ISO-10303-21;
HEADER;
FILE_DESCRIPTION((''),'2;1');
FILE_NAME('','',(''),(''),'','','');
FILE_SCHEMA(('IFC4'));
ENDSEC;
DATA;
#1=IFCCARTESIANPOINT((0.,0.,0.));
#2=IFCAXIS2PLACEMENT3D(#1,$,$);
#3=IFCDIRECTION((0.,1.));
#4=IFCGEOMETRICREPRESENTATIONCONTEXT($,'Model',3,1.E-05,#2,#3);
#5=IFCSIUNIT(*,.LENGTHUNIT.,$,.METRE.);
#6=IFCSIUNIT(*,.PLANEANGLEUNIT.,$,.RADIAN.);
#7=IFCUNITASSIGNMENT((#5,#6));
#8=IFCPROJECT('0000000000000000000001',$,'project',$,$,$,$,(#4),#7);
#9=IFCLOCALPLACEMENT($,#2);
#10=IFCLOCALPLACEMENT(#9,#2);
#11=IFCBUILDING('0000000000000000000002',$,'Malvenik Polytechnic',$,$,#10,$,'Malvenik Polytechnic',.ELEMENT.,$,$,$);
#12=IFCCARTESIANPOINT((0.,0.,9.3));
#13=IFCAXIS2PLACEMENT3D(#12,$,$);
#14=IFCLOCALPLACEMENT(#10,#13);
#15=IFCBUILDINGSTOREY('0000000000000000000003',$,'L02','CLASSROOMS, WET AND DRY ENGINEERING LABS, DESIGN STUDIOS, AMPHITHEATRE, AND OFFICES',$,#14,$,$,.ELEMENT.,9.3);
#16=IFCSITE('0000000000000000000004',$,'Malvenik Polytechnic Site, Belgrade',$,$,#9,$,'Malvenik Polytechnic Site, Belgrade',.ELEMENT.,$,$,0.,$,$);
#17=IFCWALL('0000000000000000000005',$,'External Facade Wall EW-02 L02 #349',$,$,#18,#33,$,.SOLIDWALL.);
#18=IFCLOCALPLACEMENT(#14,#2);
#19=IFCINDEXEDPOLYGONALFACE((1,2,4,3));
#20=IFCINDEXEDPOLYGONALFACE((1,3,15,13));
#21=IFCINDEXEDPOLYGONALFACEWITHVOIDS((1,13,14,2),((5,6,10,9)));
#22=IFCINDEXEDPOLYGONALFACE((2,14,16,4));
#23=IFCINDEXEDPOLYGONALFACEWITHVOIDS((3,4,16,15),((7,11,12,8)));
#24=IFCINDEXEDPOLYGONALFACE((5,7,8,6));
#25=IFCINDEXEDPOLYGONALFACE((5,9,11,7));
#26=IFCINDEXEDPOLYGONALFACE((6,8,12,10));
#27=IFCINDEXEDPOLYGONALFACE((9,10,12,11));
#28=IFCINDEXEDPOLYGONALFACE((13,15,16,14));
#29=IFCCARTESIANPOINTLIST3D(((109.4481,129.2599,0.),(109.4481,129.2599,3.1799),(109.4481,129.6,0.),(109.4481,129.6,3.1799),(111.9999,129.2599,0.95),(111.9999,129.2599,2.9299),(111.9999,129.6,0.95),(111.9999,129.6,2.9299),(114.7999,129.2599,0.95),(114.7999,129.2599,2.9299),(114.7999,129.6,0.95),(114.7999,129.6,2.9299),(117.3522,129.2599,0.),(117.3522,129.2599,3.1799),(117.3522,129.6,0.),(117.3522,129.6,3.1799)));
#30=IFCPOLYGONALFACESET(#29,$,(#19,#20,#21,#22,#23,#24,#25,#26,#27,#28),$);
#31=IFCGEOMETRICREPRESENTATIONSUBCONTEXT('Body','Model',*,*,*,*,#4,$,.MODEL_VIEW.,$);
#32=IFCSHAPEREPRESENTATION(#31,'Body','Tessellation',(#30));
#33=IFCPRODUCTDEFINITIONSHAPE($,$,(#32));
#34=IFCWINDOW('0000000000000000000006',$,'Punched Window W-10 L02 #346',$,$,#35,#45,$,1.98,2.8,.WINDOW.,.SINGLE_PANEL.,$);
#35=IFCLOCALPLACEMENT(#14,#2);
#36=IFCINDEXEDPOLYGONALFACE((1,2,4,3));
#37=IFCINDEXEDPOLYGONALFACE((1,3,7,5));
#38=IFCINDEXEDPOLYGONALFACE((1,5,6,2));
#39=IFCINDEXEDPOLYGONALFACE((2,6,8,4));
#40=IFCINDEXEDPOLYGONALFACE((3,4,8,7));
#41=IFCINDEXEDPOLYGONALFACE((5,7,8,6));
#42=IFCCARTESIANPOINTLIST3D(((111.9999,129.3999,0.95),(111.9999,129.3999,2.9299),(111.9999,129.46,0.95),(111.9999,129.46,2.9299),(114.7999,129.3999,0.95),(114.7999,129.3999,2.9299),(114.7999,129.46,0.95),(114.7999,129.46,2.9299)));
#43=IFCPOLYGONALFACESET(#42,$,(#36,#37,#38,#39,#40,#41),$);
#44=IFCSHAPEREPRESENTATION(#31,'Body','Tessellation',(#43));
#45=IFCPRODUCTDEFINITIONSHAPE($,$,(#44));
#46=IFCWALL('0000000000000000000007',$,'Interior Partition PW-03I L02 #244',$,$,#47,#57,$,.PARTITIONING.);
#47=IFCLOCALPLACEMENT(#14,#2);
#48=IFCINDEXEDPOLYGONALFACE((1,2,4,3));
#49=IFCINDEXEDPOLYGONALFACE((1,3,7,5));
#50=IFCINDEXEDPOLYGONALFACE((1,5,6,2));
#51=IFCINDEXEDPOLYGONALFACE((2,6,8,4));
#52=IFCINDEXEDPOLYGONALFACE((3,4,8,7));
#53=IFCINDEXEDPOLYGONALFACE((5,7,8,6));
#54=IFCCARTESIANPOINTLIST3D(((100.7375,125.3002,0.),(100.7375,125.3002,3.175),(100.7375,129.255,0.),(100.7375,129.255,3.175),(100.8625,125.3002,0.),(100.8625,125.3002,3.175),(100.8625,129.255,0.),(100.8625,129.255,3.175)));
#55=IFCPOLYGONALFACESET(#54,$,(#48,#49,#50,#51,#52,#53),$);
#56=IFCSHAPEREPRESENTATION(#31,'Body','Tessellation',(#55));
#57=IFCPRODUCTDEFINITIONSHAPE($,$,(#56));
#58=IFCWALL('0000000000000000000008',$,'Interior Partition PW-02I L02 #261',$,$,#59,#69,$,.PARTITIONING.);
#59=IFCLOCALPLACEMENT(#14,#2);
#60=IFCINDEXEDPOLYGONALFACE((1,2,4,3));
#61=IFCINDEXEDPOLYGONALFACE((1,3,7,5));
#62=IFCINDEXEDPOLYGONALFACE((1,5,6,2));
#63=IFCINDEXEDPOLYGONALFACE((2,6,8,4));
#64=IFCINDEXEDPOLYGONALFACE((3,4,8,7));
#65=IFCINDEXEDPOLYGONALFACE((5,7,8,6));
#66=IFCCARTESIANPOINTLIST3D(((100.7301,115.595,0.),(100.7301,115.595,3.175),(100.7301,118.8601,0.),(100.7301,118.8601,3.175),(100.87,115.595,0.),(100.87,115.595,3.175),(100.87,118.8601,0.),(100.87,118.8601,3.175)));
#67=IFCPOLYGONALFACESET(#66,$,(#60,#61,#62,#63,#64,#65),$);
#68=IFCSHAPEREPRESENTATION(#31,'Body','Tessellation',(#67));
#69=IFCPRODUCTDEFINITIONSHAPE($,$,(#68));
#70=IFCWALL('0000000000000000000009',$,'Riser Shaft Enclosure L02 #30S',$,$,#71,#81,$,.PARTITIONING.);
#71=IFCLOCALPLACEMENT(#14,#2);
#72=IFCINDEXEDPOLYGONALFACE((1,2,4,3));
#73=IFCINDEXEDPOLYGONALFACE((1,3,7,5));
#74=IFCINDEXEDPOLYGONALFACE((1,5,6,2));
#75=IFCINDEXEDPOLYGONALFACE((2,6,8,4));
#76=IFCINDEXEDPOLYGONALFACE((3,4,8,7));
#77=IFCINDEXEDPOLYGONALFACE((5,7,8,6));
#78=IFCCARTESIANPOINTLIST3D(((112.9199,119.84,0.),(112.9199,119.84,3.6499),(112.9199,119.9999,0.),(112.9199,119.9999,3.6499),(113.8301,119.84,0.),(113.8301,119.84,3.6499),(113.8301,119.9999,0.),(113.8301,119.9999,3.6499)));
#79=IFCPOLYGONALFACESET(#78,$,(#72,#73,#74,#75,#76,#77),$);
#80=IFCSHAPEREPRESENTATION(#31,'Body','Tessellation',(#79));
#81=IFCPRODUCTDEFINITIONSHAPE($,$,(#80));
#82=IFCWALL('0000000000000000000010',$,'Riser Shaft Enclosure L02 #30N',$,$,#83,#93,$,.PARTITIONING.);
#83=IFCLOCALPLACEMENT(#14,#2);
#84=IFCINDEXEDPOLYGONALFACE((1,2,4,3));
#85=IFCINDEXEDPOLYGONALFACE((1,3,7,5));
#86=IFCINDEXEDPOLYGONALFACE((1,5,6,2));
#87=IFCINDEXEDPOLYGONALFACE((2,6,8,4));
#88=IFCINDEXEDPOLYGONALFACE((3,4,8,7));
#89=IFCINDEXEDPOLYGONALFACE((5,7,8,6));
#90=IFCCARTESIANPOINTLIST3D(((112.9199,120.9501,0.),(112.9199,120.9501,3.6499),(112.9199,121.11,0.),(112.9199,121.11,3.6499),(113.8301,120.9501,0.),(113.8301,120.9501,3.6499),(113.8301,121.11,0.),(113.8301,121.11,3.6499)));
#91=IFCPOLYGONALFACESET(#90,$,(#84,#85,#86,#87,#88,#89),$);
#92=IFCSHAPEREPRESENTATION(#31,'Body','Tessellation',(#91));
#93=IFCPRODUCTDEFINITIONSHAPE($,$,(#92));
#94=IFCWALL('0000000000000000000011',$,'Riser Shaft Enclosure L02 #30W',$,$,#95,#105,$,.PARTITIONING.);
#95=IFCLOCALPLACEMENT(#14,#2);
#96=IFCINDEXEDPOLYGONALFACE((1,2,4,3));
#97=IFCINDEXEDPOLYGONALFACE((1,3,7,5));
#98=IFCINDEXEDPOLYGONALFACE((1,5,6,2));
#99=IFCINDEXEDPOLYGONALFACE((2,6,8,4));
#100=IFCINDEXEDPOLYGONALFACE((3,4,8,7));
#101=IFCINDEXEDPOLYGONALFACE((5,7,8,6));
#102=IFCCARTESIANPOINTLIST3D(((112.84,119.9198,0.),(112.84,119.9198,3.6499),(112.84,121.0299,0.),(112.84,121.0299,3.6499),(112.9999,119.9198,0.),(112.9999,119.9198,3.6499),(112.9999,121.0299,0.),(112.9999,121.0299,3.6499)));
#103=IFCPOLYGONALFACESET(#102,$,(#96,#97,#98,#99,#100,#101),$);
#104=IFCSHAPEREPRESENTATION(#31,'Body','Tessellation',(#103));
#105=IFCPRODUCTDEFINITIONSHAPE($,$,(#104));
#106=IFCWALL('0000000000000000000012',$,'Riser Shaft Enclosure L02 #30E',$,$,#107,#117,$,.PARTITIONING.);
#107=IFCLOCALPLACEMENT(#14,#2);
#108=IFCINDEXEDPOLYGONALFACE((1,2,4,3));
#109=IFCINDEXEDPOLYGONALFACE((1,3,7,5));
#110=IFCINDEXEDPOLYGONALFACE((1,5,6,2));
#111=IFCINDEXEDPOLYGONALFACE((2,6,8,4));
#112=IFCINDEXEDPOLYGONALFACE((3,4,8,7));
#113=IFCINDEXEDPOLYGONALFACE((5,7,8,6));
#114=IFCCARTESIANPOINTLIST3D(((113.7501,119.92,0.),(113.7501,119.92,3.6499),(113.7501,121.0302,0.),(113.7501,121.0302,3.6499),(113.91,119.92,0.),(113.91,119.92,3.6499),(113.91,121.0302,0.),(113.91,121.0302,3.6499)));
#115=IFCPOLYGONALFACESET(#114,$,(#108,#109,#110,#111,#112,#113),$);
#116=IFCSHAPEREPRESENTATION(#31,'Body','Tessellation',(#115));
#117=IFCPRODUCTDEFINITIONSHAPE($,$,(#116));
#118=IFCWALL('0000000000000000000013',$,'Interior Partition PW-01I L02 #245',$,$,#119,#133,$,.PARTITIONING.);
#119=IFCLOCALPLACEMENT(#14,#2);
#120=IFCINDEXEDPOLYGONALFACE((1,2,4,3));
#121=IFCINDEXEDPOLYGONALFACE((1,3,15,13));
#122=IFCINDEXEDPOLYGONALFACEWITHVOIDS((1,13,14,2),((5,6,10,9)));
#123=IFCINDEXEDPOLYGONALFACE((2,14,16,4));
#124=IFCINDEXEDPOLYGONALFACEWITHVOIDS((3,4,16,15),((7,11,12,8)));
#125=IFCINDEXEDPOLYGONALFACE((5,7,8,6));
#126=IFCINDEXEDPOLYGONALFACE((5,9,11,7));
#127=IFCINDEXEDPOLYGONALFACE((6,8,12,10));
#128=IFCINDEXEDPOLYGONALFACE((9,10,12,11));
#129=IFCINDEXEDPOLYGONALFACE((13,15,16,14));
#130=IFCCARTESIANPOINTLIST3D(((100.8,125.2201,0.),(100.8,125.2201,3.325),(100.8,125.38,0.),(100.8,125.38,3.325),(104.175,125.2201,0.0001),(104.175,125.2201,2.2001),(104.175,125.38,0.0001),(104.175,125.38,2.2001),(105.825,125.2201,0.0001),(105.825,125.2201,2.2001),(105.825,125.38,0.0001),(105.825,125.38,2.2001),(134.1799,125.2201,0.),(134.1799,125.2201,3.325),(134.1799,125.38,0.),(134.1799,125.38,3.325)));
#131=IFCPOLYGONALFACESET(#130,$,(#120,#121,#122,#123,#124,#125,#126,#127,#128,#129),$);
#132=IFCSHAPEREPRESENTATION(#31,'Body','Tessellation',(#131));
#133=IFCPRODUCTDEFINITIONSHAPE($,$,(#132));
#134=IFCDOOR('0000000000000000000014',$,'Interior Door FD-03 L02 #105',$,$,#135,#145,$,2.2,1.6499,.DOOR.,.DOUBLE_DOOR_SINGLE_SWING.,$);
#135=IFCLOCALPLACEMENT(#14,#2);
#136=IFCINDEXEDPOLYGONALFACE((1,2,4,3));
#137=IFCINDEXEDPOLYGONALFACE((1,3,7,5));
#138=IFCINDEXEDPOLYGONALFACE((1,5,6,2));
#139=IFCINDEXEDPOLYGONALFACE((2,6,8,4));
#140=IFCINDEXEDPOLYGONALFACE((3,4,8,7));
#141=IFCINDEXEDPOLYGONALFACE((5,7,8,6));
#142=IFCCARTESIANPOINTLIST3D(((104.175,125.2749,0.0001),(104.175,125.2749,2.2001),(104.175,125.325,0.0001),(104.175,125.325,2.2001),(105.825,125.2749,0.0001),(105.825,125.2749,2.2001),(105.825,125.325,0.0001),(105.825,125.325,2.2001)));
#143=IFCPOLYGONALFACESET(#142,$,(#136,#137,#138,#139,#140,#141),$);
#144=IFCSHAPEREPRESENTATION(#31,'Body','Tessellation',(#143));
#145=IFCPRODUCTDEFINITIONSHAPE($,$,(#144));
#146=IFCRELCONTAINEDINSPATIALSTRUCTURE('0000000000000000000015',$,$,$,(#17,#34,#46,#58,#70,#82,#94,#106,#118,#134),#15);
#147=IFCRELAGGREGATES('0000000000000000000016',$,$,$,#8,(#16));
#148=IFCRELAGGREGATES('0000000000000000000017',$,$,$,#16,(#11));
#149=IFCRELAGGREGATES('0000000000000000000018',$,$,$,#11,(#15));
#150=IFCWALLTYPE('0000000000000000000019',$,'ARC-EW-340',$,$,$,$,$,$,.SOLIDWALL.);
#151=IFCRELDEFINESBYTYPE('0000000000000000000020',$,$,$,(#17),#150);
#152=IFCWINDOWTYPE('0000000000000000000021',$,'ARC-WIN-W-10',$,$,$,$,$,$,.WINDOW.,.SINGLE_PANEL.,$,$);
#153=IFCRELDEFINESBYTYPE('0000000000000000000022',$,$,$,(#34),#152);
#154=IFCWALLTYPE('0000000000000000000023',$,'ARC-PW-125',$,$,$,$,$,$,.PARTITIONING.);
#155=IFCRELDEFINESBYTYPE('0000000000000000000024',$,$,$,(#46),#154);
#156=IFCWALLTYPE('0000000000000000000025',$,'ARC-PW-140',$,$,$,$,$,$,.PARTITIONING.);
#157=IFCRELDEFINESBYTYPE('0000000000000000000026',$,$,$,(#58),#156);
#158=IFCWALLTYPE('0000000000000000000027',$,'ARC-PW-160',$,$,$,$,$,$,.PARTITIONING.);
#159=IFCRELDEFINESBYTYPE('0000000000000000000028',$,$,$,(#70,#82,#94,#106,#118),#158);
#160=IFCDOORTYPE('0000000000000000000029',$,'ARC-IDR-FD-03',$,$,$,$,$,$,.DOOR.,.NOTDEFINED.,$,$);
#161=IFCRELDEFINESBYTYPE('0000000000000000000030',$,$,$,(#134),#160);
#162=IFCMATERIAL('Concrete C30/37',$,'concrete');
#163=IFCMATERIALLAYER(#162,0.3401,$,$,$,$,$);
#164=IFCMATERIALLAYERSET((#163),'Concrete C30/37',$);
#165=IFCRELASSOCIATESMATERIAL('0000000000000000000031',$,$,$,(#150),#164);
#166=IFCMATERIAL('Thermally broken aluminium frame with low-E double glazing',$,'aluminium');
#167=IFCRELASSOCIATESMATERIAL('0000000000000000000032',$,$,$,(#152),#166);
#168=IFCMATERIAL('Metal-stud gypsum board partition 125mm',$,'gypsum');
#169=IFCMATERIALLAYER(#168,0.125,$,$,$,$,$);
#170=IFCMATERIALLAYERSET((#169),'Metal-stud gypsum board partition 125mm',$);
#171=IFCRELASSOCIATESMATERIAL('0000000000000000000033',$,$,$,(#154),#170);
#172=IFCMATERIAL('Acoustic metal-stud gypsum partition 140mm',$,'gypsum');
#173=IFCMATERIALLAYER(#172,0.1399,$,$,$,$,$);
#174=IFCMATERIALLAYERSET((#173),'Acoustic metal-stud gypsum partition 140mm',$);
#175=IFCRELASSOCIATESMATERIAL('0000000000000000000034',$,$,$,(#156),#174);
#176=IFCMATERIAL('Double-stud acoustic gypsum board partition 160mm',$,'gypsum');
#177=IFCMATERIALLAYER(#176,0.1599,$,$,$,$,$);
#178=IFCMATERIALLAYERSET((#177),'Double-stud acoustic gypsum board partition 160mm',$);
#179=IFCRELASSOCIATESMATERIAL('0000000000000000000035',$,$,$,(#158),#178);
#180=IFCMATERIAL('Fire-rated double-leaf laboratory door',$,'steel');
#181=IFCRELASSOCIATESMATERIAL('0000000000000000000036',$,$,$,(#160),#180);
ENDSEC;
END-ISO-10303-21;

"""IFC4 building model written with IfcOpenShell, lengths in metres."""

from ifc_helpers import new_model, si_unit, direction, frame, frame_2d, origin, place, context, subcontext, project, spatial, rectangle, extrude, material, layer, layer_set, type_object, element, fill, save


model = new_model("IFC4")

# Units and contexts
model_context = context("Model", 3, precision=1e-05, world=origin(), true_north=direction((0.0, 1.0)))
body_context = subcontext(model_context, "Body", "Model", "MODEL_VIEW")
ifc_project = project(units=[si_unit("LENGTHUNIT", "METRE"), si_unit("PLANEANGLEUNIT", "RADIAN")], contexts=[model_context])

# Site, building, storey
site_placement = place(None, origin())
site = spatial("IfcSite", under=ifc_project, at=site_placement, Name="Malvenik Polytechnic Site, Belgrade", LongName="Malvenik Polytechnic Site, Belgrade", CompositionType="ELEMENT", RefElevation=0.0)
building_placement = place(site_placement, origin())
building = spatial("IfcBuilding", under=site, at=building_placement, Name="Malvenik Polytechnic", LongName="Malvenik Polytechnic", CompositionType="ELEMENT")
storey_placement = place(building_placement, frame((0.0, 0.0, 9.3)))
storey = spatial("IfcBuildingStorey", under=building, at=storey_placement, Name="L02", Description="CLASSROOMS, WET AND DRY ENGINEERING LABS, DESIGN STUDIOS, AMPHITHEATRE, AND OFFICES", CompositionType="ELEMENT", Elevation=9.3)

# Shared definitions
ifc_material_1 = material(Name="Concrete C30/37", Category="concrete")

# Wall, opening, window
ifc_layer_1 = layer(ifc_material_1, 0.3401)
ifc_layer_set_1 = layer_set([ifc_layer_1], Name="Concrete C30/37")
wall_type_1 = type_object("IfcWallType", Name="ARC-EW-340", PredefinedType="SOLIDWALL", material=ifc_layer_set_1)
ifc_material_2 = material(Name="Thermally broken aluminium frame with low-E double glazing", Category="aluminium")
wall_1_placement = place(storey_placement, frame((109.448, 129.4299, 0.0), z_axis=(0.0, 0.0, 1.0), x_axis=(1.0, 0.0, 0.0)))
wall_1 = element("IfcWall", 1, at=wall_1_placement, inside=storey, type_object=wall_type_1, Name="External Facade Wall EW-02 L02 #349", PredefinedType="SOLIDWALL", context=body_context, shape_type="SweptSolid", body=[
    extrude(rectangle(XDim=7.9041, YDim=0.3401, at=frame_2d((3.9521, 0.0))), origin(), (0.0, 0.0, 1.0), 3.1799),
])
opening_1_placement = place(wall_1_placement, frame((2.552, 0.0, 0.95)))
opening_1 = element("IfcOpeningElement", 2, at=opening_1_placement, cuts=wall_1, PredefinedType="OPENING", context=body_context, shape_type="SweptSolid", body=[
    extrude(rectangle(XDim=2.8, YDim=1.98, at=frame_2d((1.3999, 0.99))), frame((0.0, 0.1802, 0.0), z_axis=(0.0, -1.0, 0.0), x_axis=(1.0, 0.0, 0.0)), (0.0, 0.0, 1.0), 0.3601),
])
window_type_1 = type_object("IfcWindowType", Name="ARC-WIN-W-10", PartitioningType="SINGLE_PANEL", PredefinedType="WINDOW", material=ifc_material_2)
window_1_placement = place(opening_1_placement, origin())
window_1 = element("IfcWindow", 3, at=window_1_placement, inside=storey, type_object=window_type_1, Name="Punched Window W-10 L02 #346", OverallHeight=1.98, OverallWidth=2.8, PartitioningType="SINGLE_PANEL", PredefinedType="WINDOW", context=body_context, shape_type="SweptSolid", body=[
    extrude(rectangle(XDim=2.8, YDim=1.98, at=frame_2d((1.3999, 0.99))), frame((0.0, 0.03, 0.0), z_axis=(0.0, -1.0, 0.0), x_axis=(1.0, 0.0, 0.0)), (0.0, 0.0, 1.0), 0.0601),
])
fill(opening_1, window_1)

# Walls
ifc_material_3 = material(Name="Metal-stud gypsum board partition 125mm", Category="gypsum")
ifc_layer_2 = layer(ifc_material_3, 0.125)
ifc_layer_set_2 = layer_set([ifc_layer_2], Name="Metal-stud gypsum board partition 125mm")
wall_type_2 = type_object("IfcWallType", Name="ARC-PW-125", PredefinedType="PARTITIONING", material=ifc_layer_set_2)
wall_2_placement = place(storey_placement, frame((100.8, 125.3, 0.0), z_axis=(0.0, 0.0, 1.0), x_axis=(0.0, 1.0, 0.0)))
element("IfcWall", 4, at=wall_2_placement, inside=storey, type_object=wall_type_2, Name="Interior Partition PW-03I L02 #244", PredefinedType="PARTITIONING", context=body_context, shape_type="SweptSolid", body=[
    extrude(rectangle(XDim=3.9548, YDim=0.125, at=frame_2d((1.9775, 0.0))), origin(), (0.0, 0.0, 1.0), 3.175),
])
ifc_material_4 = material(Name="Acoustic metal-stud gypsum partition 140mm", Category="gypsum")
ifc_layer_3 = layer(ifc_material_4, 0.1399)
ifc_layer_set_3 = layer_set([ifc_layer_3], Name="Acoustic metal-stud gypsum partition 140mm")
wall_type_3 = type_object("IfcWallType", Name="ARC-PW-140", PredefinedType="PARTITIONING", material=ifc_layer_set_3)
wall_3_placement = place(storey_placement, frame((100.8, 115.595, 0.0), z_axis=(0.0, 0.0, 1.0), x_axis=(0.0, 1.0, 0.0)))
element("IfcWall", 5, at=wall_3_placement, inside=storey, type_object=wall_type_3, Name="Interior Partition PW-02I L02 #261", PredefinedType="PARTITIONING", context=body_context, shape_type="SweptSolid", body=[
    extrude(rectangle(XDim=3.2651, YDim=0.1399, at=frame_2d((1.6326, 0.0))), origin(), (0.0, 0.0, 1.0), 3.175),
])
ifc_material_5 = material(Name="Double-stud acoustic gypsum board partition 160mm", Category="gypsum")
ifc_layer_4 = layer(ifc_material_5, 0.1599)
ifc_layer_set_4 = layer_set([ifc_layer_4], Name="Double-stud acoustic gypsum board partition 160mm")
wall_type_4 = type_object("IfcWallType", Name="ARC-PW-160", PredefinedType="PARTITIONING", material=ifc_layer_set_4)
for number, where, z_axis, x_axis, name in (
    (6, (112.9199, 119.9199, 0.0), (0.0, 0.0, 1.0), (1.0, 0.0, 0.0), "Riser Shaft Enclosure L02 #30S"),
    (7, (113.8301, 121.03, 0.0), (0.0, 0.0, 1.0), (-1.0, 0.0, 0.0), "Riser Shaft Enclosure L02 #30N"),
):
    element("IfcWall", number, at=place(storey_placement, frame(where, z_axis=z_axis, x_axis=x_axis)), inside=storey, type_object=wall_type_4, Name=name, PredefinedType="PARTITIONING", context=body_context, shape_type="SweptSolid", body=[
        extrude(rectangle(XDim=0.9102, YDim=0.1599, at=frame_2d((0.4551, 0.0))), origin(), (0.0, 0.0, 1.0), 3.6499),
    ])
for number, where, z_axis, x_axis, name in (
    (8, (112.9199, 121.03, 0.0), (0.0, 0.0, 1.0), (0.0, -1.0, 0.0), "Riser Shaft Enclosure L02 #30W"),
    (9, (113.8301, 119.9199, 0.0), (0.0, 0.0, 1.0), (0.0, 1.0, 0.0), "Riser Shaft Enclosure L02 #30E"),
):
    element("IfcWall", number, at=place(storey_placement, frame(where, z_axis=z_axis, x_axis=x_axis)), inside=storey, type_object=wall_type_4, Name=name, PredefinedType="PARTITIONING", context=body_context, shape_type="SweptSolid", body=[
        extrude(rectangle(XDim=1.1101, YDim=0.1599, at=frame_2d((0.5552, 0.0))), origin(), (0.0, 0.0, 1.0), 3.6499),
    ])

# Wall, opening, door
wall_4_placement = place(storey_placement, frame((100.8, 125.3, 0.0), z_axis=(0.0, 0.0, 1.0), x_axis=(1.0, 0.0, 0.0)))
wall_4 = element("IfcWall", 10, at=wall_4_placement, inside=storey, type_object=wall_type_4, Name="Interior Partition PW-01I L02 #245", PredefinedType="PARTITIONING", context=body_context, shape_type="SweptSolid", body=[
    extrude(rectangle(XDim=33.3799, YDim=0.1599, at=frame_2d((16.6899, 0.0))), origin(), (0.0, 0.0, 1.0), 3.325),
])
opening_2_placement = place(wall_4_placement, frame((3.375, 0.0, 0.0)))
opening_2 = element("IfcOpeningElement", 11, at=opening_2_placement, cuts=wall_4, PredefinedType="OPENING", context=body_context, shape_type="SweptSolid", body=[
    extrude(rectangle(XDim=1.6499, YDim=2.2, at=frame_2d((0.825, 1.1001))), frame((0.0, 0.0898, 0.0), z_axis=(0.0, -1.0, 0.0), x_axis=(1.0, 0.0, 0.0)), (0.0, 0.0, 1.0), 0.1799),
])
ifc_material_6 = material(Name="Fire-rated double-leaf laboratory door", Category="steel")
door_type = type_object("IfcDoorType", Name="ARC-IDR-FD-03", OperationType="NOTDEFINED", PredefinedType="DOOR", material=ifc_material_6)
door_placement = place(opening_2_placement, origin())
door = element("IfcDoor", 12, at=door_placement, inside=storey, type_object=door_type, Name="Interior Door FD-03 L02 #105", OperationType="DOUBLE_DOOR_SINGLE_SWING", OverallHeight=2.2, OverallWidth=1.6499, PredefinedType="DOOR", context=body_context, shape_type="SweptSolid", body=[
    extrude(rectangle(XDim=1.6499, YDim=2.2, at=frame_2d((0.825, 1.1001))), frame((0.0, 0.0249, 0.0), z_axis=(0.0, -1.0, 0.0), x_axis=(1.0, 0.0, 0.0)), (0.0, 0.0, 1.0), 0.05),
])
fill(opening_2, door)

save(model, "model.ifc")
